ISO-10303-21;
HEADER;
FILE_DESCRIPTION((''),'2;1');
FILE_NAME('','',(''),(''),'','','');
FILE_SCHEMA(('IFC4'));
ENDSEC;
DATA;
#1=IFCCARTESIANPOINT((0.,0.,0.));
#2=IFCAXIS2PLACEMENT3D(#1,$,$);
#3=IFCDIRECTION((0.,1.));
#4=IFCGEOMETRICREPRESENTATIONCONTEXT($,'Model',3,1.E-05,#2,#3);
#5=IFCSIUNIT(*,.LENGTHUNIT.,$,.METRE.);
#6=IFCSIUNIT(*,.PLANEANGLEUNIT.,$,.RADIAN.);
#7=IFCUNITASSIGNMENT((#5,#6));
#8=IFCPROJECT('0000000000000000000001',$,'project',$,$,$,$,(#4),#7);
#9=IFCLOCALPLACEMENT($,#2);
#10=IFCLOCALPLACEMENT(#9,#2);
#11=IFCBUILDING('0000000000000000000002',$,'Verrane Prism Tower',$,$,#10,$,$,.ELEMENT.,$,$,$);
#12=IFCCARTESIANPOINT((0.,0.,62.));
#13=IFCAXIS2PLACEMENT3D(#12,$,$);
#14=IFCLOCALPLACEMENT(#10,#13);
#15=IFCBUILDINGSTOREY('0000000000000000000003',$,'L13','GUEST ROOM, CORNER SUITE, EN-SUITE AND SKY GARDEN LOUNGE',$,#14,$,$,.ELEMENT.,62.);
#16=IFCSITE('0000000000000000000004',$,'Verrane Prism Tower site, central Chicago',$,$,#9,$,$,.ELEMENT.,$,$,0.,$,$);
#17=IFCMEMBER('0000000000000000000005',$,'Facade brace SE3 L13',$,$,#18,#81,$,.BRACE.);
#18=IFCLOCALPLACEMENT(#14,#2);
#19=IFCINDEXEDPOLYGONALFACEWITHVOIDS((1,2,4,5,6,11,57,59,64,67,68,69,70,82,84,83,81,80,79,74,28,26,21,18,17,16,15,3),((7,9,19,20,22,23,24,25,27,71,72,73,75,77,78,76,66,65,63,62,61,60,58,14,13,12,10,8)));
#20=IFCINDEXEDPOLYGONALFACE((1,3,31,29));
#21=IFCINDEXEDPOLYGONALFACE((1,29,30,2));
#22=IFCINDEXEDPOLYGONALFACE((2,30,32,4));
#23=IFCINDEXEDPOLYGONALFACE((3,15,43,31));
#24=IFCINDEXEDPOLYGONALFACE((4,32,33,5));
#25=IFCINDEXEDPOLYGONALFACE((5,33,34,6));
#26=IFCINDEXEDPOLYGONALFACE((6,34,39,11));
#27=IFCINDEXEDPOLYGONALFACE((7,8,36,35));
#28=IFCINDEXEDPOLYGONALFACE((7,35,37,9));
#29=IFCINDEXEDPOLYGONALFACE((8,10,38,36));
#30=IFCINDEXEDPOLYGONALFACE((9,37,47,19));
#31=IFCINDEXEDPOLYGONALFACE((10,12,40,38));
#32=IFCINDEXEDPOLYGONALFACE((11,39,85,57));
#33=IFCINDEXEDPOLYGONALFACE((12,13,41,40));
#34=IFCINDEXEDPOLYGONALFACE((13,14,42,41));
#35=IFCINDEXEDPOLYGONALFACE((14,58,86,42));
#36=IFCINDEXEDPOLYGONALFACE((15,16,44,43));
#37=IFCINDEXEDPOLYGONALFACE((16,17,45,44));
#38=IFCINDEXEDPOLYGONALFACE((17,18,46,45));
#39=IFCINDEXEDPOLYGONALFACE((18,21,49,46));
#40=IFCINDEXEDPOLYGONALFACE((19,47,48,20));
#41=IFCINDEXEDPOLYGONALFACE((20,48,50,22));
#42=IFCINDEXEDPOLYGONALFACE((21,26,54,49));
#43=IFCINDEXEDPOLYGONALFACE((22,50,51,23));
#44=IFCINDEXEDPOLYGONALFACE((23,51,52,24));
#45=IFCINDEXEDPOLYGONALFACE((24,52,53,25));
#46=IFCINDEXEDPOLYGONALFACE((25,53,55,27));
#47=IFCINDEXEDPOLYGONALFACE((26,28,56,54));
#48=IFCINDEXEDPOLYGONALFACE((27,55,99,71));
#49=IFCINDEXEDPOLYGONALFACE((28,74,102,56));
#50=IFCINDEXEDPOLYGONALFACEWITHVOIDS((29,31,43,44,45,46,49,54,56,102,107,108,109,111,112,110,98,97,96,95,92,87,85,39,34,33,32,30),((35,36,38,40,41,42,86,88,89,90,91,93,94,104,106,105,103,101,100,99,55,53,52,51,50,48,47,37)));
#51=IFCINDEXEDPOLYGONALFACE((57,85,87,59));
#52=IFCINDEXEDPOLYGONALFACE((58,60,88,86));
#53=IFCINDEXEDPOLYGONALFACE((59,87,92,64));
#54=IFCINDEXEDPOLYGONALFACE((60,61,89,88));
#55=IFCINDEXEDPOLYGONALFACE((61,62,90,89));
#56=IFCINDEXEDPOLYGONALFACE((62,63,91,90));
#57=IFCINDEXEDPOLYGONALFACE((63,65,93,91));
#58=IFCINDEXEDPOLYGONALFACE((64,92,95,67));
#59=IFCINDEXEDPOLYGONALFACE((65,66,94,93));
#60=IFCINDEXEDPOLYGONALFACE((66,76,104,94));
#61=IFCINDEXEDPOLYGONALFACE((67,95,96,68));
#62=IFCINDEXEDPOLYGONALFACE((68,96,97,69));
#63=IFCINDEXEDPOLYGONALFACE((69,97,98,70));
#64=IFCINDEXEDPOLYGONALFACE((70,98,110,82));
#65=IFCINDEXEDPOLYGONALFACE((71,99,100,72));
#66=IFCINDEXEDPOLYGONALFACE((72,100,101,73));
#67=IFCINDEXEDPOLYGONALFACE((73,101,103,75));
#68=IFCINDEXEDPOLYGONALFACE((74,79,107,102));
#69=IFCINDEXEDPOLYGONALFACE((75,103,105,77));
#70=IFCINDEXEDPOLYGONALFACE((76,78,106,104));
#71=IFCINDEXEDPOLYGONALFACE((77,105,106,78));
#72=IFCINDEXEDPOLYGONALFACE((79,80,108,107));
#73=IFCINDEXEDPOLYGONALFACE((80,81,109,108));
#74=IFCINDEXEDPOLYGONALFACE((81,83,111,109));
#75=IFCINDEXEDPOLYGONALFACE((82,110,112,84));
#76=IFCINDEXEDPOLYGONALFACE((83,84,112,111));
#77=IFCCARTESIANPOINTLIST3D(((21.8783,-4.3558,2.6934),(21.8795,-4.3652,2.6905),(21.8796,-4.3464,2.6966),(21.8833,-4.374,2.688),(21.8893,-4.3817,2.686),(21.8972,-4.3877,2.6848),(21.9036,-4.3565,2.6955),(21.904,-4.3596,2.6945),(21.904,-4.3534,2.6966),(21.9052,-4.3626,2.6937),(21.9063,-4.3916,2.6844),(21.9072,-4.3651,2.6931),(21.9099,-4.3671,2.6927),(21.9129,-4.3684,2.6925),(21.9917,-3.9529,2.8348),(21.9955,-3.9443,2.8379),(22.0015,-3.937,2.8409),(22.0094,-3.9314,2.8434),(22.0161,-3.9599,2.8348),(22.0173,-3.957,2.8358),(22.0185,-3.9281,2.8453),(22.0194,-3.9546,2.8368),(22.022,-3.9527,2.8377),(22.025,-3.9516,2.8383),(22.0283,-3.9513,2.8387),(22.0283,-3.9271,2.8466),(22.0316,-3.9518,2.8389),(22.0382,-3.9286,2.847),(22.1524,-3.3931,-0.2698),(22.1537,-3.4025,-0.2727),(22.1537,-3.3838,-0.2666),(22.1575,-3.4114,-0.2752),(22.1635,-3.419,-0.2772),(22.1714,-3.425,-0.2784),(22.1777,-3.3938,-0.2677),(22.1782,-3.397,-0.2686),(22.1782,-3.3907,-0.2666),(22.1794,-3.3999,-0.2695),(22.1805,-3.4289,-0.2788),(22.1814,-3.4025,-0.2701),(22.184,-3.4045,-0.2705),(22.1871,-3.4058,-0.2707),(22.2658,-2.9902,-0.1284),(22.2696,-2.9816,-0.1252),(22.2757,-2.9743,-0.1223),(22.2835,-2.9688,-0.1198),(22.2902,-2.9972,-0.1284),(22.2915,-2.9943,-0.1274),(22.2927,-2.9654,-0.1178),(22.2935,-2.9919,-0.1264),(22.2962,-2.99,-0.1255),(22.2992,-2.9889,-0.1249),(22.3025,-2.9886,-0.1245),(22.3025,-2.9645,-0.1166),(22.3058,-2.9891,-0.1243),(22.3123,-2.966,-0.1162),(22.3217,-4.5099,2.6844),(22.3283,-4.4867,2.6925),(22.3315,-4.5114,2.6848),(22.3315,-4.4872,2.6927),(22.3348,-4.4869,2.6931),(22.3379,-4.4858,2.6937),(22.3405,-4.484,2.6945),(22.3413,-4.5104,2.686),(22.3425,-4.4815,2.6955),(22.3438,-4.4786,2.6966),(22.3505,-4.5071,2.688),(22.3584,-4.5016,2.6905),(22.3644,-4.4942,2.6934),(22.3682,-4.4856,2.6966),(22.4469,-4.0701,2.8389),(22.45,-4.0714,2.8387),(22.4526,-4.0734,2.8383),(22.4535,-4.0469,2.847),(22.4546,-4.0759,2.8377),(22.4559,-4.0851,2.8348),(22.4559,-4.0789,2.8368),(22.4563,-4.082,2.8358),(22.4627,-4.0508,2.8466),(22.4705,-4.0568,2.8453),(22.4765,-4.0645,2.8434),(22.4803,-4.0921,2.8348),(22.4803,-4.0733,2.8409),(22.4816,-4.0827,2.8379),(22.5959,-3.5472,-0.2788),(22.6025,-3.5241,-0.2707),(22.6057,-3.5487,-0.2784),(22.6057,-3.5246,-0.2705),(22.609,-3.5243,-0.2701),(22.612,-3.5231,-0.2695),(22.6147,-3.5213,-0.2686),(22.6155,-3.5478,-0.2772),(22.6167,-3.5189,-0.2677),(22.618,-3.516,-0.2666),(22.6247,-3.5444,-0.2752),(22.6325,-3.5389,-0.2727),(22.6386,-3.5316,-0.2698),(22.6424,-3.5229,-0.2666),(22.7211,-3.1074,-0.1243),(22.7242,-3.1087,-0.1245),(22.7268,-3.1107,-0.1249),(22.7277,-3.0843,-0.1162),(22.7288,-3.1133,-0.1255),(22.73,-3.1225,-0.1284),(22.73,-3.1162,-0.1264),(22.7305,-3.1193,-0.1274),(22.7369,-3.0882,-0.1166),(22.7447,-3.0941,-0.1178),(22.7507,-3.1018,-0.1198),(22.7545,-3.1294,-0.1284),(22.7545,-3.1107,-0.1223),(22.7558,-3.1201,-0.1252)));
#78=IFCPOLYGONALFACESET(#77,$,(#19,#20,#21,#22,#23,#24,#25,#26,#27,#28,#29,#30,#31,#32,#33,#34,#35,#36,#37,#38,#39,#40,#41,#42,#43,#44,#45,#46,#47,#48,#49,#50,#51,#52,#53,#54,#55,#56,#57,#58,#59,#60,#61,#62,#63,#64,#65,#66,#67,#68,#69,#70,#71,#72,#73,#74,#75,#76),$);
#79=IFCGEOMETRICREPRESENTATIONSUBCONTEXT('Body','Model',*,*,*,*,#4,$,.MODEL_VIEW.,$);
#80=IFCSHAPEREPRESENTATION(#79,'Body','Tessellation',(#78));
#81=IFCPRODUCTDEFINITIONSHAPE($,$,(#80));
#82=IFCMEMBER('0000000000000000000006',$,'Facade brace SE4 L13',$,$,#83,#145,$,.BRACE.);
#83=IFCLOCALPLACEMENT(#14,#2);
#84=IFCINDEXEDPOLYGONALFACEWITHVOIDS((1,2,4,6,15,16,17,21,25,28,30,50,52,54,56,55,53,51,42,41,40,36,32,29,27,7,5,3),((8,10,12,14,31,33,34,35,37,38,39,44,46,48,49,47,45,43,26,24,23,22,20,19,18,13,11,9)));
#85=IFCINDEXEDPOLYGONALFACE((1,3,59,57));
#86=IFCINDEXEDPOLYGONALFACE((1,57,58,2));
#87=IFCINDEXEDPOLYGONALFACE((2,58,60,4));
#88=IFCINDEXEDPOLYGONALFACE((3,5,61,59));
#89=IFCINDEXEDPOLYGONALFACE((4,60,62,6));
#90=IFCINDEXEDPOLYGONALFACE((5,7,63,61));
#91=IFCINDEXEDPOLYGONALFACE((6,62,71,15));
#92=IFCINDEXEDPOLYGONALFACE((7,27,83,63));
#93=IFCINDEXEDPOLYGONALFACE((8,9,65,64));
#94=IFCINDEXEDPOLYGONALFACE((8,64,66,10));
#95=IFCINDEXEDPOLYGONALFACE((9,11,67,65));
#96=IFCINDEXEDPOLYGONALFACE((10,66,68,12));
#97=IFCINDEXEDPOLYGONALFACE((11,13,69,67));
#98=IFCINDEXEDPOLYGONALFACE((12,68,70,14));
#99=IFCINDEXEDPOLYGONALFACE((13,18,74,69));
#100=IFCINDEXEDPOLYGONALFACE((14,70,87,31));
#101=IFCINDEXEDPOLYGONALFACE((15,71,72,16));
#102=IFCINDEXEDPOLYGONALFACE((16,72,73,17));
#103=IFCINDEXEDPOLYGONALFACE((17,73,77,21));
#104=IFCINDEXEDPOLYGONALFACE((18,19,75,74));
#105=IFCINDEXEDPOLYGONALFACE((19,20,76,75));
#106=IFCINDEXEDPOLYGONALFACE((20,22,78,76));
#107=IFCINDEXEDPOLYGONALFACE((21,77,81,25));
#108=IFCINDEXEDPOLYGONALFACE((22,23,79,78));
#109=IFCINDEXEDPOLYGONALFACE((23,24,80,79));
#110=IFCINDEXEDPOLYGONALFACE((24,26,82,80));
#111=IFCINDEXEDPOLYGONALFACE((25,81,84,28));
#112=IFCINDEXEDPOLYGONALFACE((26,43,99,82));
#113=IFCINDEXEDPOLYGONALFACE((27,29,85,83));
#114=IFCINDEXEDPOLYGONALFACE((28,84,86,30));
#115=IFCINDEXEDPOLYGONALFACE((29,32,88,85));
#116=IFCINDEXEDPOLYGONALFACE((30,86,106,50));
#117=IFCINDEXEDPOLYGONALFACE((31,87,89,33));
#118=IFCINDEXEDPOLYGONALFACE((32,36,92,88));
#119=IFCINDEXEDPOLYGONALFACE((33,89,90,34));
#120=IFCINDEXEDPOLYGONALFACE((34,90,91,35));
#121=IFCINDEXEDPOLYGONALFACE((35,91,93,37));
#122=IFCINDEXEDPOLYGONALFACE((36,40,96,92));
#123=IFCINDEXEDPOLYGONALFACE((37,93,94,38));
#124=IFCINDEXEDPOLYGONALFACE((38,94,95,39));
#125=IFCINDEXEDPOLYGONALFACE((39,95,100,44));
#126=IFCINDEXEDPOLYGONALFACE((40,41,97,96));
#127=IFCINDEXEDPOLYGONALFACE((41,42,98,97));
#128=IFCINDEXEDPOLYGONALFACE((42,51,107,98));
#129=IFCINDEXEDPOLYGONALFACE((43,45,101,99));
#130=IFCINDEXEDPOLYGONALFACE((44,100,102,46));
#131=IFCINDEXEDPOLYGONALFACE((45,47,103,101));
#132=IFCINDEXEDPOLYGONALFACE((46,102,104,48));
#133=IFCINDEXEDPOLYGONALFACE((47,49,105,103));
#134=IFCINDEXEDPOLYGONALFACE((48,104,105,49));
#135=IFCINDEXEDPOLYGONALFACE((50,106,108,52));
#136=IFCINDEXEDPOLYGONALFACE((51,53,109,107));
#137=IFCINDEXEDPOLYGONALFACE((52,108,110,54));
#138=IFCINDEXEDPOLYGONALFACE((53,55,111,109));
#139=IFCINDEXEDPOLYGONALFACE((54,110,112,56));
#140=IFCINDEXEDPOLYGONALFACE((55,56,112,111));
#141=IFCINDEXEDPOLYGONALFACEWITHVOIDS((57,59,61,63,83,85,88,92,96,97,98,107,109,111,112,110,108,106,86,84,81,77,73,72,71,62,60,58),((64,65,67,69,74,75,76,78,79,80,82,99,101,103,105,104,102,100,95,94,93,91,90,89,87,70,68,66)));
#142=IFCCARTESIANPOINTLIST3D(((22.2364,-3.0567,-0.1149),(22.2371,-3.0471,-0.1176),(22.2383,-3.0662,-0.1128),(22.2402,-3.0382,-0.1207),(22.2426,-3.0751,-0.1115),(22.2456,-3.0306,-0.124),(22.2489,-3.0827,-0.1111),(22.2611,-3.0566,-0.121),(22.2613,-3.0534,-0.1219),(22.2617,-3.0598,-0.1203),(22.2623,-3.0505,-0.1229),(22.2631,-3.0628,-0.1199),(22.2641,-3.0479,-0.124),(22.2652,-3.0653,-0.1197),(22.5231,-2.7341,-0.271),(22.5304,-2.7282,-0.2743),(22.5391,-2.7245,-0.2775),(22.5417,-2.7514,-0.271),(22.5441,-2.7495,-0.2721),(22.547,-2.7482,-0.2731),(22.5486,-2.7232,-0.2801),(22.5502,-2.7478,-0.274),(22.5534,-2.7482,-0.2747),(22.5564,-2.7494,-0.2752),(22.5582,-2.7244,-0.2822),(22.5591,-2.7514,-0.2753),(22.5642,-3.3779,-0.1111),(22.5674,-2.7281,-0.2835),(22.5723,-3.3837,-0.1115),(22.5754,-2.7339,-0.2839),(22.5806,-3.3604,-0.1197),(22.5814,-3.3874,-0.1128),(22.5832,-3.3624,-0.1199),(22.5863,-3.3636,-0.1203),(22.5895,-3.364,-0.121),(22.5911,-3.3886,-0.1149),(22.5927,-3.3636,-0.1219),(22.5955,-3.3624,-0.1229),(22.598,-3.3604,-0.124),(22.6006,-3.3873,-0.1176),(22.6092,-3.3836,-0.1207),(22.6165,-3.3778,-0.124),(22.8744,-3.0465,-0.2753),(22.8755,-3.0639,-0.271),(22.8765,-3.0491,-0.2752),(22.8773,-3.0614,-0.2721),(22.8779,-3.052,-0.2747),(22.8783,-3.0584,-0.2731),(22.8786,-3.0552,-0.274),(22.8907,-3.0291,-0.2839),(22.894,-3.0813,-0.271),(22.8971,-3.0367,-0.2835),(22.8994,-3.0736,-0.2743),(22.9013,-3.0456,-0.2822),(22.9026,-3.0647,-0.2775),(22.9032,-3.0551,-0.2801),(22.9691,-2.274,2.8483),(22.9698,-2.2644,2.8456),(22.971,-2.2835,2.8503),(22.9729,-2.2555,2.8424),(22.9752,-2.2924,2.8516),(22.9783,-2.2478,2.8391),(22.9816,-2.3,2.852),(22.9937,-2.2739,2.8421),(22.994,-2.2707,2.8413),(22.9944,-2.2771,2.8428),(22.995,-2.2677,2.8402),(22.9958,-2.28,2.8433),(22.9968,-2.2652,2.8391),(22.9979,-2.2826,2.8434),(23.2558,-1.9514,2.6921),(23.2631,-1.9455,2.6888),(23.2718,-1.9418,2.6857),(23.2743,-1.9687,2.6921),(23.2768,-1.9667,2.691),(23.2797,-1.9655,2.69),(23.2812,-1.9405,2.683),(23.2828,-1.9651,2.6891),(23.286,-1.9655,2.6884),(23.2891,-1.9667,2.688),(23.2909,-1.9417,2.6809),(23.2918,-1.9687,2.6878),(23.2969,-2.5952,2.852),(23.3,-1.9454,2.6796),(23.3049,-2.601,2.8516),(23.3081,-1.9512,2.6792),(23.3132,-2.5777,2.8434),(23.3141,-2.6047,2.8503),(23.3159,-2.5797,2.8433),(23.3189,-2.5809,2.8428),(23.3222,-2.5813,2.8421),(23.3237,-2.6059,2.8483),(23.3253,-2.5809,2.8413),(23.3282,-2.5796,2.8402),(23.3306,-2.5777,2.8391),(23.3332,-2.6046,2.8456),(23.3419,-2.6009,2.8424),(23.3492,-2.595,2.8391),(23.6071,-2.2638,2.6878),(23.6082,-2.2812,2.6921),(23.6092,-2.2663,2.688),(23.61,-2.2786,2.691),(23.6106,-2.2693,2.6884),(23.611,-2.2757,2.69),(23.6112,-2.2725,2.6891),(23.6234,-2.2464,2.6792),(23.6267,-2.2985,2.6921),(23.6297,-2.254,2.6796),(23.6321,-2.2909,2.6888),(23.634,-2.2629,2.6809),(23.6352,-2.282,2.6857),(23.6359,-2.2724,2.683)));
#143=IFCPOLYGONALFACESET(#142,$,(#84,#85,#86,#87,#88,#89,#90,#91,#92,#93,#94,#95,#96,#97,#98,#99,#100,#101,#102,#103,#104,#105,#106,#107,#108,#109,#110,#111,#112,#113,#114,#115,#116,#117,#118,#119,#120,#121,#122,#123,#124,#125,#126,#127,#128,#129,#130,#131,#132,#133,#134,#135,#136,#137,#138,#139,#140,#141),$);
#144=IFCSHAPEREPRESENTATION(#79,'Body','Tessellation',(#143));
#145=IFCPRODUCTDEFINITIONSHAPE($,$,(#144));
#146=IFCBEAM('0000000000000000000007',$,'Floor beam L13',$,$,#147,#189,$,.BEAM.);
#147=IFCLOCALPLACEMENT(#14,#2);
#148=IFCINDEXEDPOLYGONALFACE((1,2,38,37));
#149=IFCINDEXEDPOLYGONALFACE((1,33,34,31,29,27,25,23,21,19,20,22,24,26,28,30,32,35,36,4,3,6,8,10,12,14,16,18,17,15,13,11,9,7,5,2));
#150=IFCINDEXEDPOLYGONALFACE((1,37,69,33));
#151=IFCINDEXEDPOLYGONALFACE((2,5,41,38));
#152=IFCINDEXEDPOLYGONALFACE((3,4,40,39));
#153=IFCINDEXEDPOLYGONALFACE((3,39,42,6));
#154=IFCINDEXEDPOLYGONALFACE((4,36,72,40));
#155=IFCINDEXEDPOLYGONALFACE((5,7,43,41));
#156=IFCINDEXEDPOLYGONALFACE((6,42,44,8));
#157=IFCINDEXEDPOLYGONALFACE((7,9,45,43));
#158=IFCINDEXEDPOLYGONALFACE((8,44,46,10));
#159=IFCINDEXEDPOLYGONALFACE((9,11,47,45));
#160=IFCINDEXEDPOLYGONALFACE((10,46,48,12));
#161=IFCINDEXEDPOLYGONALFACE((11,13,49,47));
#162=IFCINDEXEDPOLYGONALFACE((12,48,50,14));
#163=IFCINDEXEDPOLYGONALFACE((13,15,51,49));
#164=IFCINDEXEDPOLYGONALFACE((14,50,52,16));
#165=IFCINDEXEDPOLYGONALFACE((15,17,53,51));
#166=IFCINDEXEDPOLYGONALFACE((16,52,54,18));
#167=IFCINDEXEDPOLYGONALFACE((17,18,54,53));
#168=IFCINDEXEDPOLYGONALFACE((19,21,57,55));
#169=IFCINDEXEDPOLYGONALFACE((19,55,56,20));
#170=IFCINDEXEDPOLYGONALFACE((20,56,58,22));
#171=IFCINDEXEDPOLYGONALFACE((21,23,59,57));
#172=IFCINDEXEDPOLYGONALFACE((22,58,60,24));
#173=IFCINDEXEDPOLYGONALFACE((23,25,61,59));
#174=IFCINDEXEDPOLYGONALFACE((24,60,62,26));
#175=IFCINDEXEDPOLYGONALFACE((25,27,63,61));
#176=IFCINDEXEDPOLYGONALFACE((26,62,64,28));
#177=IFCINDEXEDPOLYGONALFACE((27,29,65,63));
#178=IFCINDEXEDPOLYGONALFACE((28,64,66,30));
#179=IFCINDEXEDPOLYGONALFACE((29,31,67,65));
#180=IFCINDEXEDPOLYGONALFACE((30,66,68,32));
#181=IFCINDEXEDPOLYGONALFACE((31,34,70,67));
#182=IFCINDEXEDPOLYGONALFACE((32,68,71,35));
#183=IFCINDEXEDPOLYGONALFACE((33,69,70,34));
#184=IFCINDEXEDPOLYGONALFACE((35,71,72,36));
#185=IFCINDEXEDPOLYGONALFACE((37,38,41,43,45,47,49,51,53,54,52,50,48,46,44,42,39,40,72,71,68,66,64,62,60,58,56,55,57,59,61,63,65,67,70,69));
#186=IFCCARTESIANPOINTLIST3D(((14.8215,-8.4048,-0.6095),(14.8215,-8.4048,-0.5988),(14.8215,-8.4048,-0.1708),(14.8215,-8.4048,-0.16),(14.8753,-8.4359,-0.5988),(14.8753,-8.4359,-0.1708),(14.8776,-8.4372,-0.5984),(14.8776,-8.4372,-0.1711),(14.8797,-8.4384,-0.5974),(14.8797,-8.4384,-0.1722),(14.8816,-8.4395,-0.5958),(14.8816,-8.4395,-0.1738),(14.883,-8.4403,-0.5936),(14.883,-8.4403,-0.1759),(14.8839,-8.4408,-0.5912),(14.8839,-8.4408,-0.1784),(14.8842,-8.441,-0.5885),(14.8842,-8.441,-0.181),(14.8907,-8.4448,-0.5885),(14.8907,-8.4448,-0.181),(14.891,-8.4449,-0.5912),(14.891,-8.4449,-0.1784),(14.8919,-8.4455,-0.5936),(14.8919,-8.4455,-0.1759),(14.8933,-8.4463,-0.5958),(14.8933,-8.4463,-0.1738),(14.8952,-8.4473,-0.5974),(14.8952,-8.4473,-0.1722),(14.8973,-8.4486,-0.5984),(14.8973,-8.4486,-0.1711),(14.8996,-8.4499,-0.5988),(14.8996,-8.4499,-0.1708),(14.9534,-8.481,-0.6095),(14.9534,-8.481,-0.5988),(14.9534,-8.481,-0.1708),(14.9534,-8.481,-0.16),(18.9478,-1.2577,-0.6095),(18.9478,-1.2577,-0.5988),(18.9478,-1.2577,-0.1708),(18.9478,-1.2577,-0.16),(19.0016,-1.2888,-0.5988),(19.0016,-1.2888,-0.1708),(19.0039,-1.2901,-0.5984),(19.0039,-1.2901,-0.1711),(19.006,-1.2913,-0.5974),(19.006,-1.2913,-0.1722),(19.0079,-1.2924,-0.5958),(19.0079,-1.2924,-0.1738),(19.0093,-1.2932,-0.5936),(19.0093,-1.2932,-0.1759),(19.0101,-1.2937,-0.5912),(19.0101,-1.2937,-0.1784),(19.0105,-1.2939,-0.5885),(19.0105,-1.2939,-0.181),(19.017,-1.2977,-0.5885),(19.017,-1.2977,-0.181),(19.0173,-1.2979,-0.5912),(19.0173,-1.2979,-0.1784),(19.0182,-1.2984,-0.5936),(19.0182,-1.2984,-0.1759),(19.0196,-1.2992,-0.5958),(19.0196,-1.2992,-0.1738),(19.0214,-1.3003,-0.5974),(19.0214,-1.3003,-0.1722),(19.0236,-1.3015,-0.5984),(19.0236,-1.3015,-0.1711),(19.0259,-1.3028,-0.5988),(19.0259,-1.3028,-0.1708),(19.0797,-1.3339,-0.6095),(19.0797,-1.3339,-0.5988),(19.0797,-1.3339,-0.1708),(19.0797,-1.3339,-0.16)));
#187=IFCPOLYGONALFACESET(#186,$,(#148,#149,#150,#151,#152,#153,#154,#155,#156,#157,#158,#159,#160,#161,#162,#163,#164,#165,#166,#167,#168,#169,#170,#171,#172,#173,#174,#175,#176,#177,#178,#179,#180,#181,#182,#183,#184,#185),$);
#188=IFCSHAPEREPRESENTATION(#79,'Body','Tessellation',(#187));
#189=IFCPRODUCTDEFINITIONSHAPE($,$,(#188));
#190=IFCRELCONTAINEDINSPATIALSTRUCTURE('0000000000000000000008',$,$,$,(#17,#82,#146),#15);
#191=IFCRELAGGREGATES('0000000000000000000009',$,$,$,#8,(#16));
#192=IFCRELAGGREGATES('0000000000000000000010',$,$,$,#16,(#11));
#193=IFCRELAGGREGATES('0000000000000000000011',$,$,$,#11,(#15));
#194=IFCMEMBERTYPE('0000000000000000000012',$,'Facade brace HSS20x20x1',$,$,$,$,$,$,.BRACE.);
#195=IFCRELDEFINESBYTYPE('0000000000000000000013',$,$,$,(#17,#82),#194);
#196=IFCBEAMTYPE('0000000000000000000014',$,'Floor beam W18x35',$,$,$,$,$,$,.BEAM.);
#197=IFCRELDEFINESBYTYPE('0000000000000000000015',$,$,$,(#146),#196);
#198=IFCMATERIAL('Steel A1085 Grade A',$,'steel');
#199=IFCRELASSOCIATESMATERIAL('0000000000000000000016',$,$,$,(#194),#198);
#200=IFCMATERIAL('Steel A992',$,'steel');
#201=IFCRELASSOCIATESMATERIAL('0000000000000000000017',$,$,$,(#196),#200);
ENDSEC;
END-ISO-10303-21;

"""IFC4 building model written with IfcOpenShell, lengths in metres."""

from ifc_helpers import new_model, si_unit, direction, frame, origin, origin_2d, place, context, subcontext, project, spatial, hollow_rectangle, i_section, extrude, material, material_profile, profile_set, type_object, element, save


model = new_model("IFC4")

# Units and contexts
model_context = context("Model", 3, precision=1e-05, world=origin(), true_north=direction((0.0, 1.0)))
body_context = subcontext(model_context, "Body", "Model", "MODEL_VIEW")
ifc_project = project(units=[si_unit("LENGTHUNIT", "METRE"), si_unit("PLANEANGLEUNIT", "RADIAN")], contexts=[model_context])

# Site, building, storey
site_placement = place(None, origin())
site = spatial("IfcSite", under=ifc_project, at=site_placement, Name="Verrane Prism Tower site, central Chicago", CompositionType="ELEMENT", RefElevation=0.0)
building_placement = place(site_placement, origin())
building = spatial("IfcBuilding", under=site, at=building_placement, Name="Verrane Prism Tower", CompositionType="ELEMENT")
storey_placement = place(building_placement, frame((0.0, 0.0, 62.0)))
storey = spatial("IfcBuildingStorey", under=building, at=storey_placement, Name="L13", Description="GUEST ROOM, CORNER SUITE, EN-SUITE AND SKY GARDEN LOUNGE", CompositionType="ELEMENT", Elevation=62.0)

# Members
ifc_material_1 = material(Name="Steel A1085 Grade A", Category="steel")
ifc_material_profile_1 = material_profile(ifc_material_1, hollow_rectangle(XDim=0.5081, YDim=0.5081, WallThickness=0.0254, InnerFilletRadius=0.0127, OuterFilletRadius=0.0381, at=origin_2d()), Name="HSS20x20x1")
ifc_profile_set_1 = profile_set([ifc_material_profile_1], Name="Steel A1085 Grade A")
member_type_1 = type_object("IfcMemberType", Name="Facade brace HSS20x20x1", PredefinedType="BRACE", material=ifc_profile_set_1)
member_1_placement = place(storey_placement, frame((22.4541, -3.2566, -0.1975), z_axis=(-0.087661, -0.307789, 0.947408), x_axis=(0.961754, -0.273916, 0.0)))
element("IfcMember", 1, at=member_1_placement, inside=storey, type_object=member_type_1, Name="Facade brace SE3 L13", PredefinedType="BRACE", context=body_context, shape_type="SweptSolid", body=[
    extrude(hollow_rectangle(XDim=0.5081, YDim=0.5081, WallThickness=0.0254, InnerFilletRadius=0.0127, OuterFilletRadius=0.0381, at=origin_2d()), origin(), (0.0, 0.0, 1.0), 3.1277),
])
member_2_placement = place(storey_placement, frame((22.5698, -3.0559, -0.1975), z_axis=(0.232509, 0.248392, 0.940341), x_axis=(-0.730062, 0.68338, 0.0)))
element("IfcMember", 2, at=member_2_placement, inside=storey, type_object=member_type_1, Name="Facade brace SE4 L13", PredefinedType="BRACE", context=body_context, shape_type="SweptSolid", body=[
    extrude(hollow_rectangle(XDim=0.5081, YDim=0.5081, WallThickness=0.0254, InnerFilletRadius=0.0127, OuterFilletRadius=0.0381, at=origin_2d()), origin(), (0.0, 0.0, 1.0), 3.1511),
])

# Beam
ifc_material_2 = material(Name="Steel A992", Category="steel")
ifc_material_profile_2 = material_profile(ifc_material_2, i_section(OverallWidth=0.1523, OverallDepth=0.4495, WebThickness=0.0076, FlangeThickness=0.0107, FilletRadius=0.0103, at=origin_2d()), Name="W18x35")
ifc_profile_set_2 = profile_set([ifc_material_profile_2], Name="Steel A992")
beam_type_1 = type_object("IfcBeamType", Name="Floor beam W18x35", PredefinedType="BEAM", material=ifc_profile_set_2)
beam_1_placement = place(storey_placement, frame((14.8875, -8.4429, -0.3848), z_axis=(0.499992, 0.86603, 0.0), x_axis=(-0.86603, 0.499992, 0.0)))
element("IfcBeam", 3, at=beam_1_placement, inside=storey, type_object=beam_type_1, Name="Floor beam L13", PredefinedType="BEAM", context=body_context, shape_type="SweptSolid", body=[
    extrude(i_section(OverallWidth=0.1523, OverallDepth=0.4495, WebThickness=0.0076, FlangeThickness=0.0107, FilletRadius=0.0103, at=origin_2d()), origin(), (0.0, 0.0, 1.0), 8.2527),
])

save(model, "model.ifc")
